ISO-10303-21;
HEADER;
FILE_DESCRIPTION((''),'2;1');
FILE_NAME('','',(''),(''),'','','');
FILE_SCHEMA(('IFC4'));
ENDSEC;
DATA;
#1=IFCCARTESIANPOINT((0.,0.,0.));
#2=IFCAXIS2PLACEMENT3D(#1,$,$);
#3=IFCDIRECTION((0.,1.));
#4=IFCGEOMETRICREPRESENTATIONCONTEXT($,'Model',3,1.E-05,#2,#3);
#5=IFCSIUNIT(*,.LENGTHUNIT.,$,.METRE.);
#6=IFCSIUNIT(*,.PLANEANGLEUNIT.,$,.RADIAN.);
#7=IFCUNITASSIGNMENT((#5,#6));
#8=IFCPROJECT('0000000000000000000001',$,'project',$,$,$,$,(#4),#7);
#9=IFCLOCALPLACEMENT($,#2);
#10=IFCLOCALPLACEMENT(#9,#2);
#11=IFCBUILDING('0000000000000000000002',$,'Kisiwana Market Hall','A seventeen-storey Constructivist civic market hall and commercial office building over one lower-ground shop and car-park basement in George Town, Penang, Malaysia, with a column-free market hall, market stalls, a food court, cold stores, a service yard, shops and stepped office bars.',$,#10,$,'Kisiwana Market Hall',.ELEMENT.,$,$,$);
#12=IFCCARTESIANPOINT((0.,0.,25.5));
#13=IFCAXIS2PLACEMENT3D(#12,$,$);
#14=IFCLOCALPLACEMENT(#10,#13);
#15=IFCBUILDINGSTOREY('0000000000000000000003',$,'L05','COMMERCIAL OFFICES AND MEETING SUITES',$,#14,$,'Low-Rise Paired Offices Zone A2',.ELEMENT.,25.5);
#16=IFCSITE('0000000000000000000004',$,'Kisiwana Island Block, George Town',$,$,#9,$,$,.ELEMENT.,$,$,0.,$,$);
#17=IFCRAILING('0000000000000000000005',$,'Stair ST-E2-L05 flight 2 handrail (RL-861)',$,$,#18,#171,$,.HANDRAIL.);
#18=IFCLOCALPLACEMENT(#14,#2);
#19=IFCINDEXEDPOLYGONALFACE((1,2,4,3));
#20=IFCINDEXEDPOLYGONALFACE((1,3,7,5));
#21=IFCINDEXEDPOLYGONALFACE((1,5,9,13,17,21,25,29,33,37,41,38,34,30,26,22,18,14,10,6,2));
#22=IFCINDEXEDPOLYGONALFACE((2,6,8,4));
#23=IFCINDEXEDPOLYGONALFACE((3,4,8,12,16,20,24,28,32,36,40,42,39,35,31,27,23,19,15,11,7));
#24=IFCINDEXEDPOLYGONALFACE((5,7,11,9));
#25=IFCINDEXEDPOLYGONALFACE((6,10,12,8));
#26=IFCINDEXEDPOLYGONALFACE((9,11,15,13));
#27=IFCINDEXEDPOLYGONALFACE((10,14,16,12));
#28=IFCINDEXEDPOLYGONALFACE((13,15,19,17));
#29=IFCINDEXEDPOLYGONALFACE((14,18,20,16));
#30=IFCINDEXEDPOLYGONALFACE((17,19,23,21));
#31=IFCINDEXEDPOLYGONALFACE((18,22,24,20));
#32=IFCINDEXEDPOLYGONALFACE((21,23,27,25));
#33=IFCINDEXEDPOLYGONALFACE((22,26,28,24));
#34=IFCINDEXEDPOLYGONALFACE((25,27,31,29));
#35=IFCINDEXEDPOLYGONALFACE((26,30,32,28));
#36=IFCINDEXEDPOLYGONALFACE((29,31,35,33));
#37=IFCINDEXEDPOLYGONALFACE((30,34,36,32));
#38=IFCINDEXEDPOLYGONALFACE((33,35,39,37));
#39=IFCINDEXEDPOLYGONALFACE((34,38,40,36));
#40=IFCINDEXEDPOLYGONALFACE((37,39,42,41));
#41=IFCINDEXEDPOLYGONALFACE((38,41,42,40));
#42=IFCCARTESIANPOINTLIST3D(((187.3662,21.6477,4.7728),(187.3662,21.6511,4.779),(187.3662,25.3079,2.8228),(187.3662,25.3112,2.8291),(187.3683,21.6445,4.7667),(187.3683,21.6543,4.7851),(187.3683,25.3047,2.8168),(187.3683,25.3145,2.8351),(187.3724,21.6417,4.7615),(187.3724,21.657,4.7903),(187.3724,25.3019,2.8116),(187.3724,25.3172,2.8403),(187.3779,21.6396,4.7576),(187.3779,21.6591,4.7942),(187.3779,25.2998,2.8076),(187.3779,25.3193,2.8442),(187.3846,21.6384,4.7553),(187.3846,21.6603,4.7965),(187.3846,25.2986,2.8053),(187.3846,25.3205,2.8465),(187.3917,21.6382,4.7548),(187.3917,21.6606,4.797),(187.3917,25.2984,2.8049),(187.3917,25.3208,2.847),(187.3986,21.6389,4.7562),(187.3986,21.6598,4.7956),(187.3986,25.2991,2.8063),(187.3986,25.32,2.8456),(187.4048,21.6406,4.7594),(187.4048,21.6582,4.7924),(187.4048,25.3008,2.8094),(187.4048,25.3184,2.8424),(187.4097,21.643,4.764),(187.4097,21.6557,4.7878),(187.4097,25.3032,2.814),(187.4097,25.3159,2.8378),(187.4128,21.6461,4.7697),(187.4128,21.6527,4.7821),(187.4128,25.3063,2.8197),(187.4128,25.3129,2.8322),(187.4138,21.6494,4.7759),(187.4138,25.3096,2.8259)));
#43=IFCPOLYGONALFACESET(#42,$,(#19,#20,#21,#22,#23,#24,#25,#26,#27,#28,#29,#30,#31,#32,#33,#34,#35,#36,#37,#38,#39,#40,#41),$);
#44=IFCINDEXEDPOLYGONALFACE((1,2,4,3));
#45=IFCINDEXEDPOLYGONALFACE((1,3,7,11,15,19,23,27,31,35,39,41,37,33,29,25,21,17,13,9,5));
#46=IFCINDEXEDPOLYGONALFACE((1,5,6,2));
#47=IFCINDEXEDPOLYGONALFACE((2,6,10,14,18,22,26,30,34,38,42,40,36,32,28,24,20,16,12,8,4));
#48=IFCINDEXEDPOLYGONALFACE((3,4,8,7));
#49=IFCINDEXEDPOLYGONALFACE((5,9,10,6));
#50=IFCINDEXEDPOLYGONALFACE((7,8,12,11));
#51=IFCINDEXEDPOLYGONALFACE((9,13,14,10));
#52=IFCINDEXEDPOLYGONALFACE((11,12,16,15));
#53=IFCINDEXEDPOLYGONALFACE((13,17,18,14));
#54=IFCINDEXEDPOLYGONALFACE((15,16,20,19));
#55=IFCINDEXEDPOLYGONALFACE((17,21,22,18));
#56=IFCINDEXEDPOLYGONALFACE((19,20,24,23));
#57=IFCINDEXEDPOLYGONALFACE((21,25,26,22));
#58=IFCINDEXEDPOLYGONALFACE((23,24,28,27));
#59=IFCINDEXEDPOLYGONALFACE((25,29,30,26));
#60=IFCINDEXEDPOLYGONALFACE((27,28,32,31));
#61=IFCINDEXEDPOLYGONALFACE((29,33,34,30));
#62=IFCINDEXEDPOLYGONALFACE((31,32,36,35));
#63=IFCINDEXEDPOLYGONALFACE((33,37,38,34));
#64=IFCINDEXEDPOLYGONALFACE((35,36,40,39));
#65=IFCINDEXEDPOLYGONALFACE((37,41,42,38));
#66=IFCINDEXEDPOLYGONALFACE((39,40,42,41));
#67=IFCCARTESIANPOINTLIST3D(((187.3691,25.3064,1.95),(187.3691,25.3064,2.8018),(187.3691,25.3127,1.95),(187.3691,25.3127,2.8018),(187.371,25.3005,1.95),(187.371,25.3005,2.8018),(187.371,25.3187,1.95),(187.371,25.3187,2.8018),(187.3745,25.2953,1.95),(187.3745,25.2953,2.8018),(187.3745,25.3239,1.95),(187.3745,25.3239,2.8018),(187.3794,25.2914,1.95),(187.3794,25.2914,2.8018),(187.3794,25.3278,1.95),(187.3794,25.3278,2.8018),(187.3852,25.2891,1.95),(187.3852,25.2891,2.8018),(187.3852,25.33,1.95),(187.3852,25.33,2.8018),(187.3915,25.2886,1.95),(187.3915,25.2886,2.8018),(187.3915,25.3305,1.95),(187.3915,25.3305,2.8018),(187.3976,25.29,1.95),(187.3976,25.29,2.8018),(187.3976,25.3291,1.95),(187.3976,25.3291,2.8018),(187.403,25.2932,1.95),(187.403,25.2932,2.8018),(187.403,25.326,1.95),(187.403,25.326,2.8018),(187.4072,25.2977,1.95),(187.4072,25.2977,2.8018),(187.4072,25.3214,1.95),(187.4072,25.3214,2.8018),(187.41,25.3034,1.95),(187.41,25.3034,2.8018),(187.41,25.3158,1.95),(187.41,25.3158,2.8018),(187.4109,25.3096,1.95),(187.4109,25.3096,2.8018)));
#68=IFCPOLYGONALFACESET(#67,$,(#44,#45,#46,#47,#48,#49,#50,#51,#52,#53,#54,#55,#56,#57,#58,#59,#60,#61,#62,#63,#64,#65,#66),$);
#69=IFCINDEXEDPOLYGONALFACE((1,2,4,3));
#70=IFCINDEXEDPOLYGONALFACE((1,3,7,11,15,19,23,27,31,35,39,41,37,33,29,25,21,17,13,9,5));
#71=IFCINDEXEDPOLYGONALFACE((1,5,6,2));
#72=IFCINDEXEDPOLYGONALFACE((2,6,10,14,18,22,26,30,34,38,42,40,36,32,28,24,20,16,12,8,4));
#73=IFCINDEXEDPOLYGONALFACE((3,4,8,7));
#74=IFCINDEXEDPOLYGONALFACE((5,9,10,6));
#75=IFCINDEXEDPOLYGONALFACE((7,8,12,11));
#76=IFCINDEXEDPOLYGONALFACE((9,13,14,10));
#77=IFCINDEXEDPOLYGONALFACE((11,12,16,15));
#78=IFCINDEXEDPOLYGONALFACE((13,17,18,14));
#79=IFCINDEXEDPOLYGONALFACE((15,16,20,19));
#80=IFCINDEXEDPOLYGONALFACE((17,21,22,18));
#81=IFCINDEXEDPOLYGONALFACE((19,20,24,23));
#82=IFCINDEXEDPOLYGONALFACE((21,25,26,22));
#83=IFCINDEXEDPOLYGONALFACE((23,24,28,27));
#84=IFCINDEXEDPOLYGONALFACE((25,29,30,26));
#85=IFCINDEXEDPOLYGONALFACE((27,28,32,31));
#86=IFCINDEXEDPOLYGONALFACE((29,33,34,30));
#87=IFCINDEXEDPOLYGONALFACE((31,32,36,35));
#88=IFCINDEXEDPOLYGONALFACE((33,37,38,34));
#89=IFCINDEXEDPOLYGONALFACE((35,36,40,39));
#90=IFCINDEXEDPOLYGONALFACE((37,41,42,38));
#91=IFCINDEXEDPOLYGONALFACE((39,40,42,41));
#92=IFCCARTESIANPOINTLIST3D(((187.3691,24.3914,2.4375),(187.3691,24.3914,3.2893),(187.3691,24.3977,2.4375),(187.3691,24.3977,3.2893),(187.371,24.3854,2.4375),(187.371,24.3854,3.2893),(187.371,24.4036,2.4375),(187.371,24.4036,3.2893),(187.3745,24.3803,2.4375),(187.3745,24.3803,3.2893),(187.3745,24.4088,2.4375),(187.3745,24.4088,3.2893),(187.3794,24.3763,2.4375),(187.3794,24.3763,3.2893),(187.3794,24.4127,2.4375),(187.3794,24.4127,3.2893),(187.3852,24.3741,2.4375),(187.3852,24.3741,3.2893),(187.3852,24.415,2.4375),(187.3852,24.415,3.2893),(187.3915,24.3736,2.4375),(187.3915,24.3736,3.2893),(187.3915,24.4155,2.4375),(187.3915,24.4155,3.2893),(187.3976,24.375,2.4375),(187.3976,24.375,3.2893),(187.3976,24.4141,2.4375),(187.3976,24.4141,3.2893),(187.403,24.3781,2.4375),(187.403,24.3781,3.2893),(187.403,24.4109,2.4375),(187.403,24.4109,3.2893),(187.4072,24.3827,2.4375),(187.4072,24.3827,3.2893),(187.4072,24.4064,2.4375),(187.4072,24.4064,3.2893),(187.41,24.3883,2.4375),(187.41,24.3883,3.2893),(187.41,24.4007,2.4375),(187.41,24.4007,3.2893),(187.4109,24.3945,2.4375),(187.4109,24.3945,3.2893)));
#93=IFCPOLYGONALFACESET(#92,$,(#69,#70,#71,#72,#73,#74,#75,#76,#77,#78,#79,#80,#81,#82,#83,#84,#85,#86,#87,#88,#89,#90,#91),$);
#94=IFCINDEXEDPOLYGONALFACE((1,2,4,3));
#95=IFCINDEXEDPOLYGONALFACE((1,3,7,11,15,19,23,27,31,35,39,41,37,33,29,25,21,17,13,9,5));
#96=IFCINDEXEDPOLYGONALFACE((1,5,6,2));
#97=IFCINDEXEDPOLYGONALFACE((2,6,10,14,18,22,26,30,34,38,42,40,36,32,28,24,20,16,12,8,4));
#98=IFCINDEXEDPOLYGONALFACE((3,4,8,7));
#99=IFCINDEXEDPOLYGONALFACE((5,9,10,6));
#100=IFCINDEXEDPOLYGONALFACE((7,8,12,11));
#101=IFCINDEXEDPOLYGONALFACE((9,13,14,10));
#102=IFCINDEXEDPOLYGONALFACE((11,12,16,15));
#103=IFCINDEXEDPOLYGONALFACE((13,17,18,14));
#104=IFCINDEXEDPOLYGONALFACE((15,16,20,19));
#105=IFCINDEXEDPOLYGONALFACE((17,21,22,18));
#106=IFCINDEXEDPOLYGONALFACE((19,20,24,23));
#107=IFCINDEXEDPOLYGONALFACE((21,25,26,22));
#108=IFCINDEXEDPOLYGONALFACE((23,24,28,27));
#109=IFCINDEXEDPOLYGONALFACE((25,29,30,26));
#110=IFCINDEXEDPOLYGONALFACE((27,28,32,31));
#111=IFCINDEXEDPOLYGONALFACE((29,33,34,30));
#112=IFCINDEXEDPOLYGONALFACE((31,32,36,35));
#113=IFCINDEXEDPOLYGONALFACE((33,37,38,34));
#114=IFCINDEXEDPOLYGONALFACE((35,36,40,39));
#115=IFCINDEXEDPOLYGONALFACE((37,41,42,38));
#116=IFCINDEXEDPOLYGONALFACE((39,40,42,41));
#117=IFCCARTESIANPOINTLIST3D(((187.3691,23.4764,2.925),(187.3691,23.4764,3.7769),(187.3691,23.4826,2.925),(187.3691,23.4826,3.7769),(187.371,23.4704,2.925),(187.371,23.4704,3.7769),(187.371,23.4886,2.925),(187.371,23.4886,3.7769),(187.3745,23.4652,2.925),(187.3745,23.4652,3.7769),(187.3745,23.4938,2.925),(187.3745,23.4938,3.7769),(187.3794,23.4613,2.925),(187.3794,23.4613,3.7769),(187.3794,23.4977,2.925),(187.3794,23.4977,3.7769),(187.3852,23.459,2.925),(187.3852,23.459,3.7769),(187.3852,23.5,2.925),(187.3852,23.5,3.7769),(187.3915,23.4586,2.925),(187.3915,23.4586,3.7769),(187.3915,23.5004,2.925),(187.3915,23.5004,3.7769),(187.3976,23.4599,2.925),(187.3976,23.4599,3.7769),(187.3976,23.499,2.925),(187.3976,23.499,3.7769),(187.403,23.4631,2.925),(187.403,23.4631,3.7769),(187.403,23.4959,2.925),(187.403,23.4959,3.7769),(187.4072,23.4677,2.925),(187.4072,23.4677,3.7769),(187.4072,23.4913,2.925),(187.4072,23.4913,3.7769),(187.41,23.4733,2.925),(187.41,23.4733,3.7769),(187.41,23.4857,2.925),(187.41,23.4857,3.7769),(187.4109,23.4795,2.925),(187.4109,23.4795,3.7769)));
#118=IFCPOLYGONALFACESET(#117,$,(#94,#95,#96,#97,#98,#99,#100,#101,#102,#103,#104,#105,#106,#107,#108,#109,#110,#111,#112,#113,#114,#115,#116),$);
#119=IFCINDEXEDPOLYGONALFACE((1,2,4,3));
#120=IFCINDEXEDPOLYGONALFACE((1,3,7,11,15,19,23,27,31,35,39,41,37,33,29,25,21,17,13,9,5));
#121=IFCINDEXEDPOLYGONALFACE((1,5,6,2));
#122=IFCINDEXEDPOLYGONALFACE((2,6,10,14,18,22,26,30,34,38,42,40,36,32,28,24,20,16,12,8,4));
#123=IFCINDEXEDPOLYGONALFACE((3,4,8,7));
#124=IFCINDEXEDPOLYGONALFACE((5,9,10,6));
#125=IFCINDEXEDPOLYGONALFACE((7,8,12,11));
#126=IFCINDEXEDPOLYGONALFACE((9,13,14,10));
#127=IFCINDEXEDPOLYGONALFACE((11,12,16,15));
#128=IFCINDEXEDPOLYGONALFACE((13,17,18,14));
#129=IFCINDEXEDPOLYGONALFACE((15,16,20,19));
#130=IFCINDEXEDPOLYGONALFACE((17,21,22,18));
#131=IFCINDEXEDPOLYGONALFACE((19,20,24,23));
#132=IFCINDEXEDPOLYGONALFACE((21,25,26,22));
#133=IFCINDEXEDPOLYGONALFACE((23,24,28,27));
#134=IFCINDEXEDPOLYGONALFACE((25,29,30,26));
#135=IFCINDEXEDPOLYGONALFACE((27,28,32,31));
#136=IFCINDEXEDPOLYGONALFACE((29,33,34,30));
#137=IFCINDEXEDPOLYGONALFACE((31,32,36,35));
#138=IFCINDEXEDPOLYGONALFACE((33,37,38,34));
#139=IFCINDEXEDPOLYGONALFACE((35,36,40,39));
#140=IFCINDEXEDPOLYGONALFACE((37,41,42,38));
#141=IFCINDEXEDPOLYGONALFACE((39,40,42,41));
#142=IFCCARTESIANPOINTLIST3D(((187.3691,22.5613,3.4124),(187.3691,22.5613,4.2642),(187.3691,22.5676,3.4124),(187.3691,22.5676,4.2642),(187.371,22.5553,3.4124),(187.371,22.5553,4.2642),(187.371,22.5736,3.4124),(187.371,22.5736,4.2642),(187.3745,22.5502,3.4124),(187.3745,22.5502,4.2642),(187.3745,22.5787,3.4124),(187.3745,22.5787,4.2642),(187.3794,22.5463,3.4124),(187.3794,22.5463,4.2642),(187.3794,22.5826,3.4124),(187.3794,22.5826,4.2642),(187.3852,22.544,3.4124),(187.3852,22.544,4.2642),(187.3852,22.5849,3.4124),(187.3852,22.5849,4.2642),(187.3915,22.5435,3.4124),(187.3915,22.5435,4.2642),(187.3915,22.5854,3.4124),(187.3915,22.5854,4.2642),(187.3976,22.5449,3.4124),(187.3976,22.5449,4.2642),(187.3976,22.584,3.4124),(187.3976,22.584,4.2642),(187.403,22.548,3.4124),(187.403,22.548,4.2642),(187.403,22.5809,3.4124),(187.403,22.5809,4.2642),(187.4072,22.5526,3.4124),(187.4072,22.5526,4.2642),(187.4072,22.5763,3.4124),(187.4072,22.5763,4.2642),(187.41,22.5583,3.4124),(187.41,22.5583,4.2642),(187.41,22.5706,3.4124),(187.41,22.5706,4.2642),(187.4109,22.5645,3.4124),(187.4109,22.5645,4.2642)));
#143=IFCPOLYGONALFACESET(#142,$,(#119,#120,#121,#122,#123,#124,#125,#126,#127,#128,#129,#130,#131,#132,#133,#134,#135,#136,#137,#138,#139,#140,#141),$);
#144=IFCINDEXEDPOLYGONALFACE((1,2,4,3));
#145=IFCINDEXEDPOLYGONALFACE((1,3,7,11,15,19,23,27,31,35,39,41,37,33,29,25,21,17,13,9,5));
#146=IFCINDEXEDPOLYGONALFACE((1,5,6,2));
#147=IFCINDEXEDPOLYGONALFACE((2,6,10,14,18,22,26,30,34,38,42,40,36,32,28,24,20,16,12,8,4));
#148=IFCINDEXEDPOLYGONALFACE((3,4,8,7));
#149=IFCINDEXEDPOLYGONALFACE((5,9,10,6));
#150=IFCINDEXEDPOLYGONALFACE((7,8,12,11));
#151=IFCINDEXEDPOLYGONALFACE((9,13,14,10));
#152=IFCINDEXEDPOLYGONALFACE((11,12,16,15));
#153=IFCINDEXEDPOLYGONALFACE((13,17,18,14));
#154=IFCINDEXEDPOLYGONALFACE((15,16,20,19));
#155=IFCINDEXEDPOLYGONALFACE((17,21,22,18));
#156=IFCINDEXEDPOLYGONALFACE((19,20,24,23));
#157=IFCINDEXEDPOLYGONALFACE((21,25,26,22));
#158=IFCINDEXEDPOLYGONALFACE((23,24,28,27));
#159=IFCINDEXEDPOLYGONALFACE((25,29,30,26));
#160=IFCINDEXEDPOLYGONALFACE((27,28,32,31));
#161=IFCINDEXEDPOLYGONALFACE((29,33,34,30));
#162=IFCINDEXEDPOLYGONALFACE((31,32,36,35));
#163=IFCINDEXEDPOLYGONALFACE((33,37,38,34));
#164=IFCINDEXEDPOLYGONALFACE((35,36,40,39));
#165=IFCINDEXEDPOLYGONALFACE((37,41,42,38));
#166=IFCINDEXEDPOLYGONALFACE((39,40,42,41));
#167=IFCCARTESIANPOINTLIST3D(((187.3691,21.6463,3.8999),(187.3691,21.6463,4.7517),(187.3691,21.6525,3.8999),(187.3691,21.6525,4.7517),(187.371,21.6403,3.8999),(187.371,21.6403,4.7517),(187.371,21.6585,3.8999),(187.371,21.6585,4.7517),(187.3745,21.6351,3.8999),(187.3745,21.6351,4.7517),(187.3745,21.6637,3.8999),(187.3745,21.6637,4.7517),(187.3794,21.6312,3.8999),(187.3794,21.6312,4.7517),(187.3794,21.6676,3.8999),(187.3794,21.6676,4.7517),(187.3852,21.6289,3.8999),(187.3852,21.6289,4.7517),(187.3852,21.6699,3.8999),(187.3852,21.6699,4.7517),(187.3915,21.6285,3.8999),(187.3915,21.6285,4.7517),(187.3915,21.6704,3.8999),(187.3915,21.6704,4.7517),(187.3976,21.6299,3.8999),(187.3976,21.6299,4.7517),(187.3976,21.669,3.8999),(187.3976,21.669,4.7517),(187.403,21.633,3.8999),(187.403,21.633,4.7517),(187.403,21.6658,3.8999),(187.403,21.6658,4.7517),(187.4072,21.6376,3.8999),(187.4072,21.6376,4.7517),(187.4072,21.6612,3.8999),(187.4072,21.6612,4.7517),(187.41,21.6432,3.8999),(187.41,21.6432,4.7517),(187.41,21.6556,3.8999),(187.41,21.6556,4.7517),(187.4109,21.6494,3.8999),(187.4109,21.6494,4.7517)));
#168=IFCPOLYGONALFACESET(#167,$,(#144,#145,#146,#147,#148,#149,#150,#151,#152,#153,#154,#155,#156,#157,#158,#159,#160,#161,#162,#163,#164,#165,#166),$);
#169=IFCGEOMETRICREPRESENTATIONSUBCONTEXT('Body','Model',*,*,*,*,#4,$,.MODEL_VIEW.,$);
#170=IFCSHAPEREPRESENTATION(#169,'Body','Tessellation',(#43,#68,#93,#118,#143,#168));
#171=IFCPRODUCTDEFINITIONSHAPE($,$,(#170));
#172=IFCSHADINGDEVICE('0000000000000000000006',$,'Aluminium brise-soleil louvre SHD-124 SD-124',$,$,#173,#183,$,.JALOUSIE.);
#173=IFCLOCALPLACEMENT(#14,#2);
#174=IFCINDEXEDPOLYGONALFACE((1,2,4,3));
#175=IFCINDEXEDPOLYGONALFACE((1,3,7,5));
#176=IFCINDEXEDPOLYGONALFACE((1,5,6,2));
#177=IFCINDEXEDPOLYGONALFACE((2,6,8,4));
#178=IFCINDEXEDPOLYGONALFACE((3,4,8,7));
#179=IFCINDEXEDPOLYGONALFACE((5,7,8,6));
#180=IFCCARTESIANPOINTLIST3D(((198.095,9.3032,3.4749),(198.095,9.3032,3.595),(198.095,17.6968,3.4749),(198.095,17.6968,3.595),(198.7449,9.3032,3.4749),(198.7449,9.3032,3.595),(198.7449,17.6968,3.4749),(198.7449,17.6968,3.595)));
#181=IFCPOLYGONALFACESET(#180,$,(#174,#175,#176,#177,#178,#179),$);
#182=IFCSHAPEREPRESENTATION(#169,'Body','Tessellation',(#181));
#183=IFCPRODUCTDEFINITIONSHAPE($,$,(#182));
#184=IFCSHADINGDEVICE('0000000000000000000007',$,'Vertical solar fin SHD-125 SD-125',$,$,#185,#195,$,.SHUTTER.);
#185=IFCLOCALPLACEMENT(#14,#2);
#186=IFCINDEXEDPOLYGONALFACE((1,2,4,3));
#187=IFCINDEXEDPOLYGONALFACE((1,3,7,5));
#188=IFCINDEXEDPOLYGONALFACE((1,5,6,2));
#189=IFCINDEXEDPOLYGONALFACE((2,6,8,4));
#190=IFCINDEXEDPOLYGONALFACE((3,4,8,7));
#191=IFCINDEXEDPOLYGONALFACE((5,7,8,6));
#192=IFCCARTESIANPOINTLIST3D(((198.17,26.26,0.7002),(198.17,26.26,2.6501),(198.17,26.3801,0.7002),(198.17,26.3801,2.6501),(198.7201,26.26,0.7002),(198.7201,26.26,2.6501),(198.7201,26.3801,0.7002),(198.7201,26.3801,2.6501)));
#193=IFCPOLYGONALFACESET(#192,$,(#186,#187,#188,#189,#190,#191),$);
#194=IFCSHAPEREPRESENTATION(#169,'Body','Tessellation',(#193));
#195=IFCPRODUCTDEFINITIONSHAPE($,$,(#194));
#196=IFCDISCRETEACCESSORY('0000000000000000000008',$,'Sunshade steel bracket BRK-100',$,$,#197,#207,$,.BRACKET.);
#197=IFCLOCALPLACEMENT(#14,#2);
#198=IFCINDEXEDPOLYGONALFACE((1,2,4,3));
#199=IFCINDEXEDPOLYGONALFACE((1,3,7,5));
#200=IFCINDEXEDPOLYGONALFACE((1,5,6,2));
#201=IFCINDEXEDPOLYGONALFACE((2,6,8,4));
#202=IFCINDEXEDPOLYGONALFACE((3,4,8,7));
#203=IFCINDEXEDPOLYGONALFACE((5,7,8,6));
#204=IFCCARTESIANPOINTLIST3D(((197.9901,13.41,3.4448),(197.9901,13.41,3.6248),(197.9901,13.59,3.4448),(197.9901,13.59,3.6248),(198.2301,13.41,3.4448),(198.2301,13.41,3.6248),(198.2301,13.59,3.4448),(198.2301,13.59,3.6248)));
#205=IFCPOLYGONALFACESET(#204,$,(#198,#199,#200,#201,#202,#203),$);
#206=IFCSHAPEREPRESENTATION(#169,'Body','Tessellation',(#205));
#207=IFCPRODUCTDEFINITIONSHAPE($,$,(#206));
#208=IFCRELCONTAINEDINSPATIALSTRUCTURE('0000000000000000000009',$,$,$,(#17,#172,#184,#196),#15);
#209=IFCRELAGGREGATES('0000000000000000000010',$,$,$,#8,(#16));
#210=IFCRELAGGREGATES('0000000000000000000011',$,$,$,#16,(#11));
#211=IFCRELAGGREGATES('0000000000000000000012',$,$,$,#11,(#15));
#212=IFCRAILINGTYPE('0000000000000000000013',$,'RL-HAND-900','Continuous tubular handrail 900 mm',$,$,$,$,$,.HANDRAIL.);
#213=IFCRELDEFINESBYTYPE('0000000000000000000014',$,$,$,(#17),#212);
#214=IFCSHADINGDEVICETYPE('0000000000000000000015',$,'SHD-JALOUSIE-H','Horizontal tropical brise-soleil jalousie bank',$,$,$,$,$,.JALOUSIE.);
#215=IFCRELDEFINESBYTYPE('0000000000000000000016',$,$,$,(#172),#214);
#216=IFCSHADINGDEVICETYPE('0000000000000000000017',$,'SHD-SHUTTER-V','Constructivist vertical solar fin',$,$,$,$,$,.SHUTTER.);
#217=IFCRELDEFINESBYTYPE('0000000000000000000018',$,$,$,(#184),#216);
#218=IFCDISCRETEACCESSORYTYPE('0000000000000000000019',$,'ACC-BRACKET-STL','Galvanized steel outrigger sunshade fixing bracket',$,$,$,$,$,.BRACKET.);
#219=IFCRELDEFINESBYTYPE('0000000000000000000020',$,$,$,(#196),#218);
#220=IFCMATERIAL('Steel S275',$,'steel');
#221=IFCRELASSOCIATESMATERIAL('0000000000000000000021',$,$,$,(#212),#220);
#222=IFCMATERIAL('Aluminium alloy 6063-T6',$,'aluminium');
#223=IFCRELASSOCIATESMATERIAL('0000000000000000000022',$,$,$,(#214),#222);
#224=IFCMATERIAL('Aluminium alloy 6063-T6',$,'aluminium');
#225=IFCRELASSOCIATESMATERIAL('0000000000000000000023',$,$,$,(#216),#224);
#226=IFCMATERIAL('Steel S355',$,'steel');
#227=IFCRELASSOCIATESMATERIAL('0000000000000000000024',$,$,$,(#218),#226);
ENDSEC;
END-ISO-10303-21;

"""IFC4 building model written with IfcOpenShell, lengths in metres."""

from ifc_helpers import new_model, si_unit, direction, frame, origin, origin_2d, place, context, subcontext, project, spatial, rectangle, circle, extrude, material, type_object, element, save


model = new_model("IFC4")

# Units and contexts
model_context = context("Model", 3, precision=1e-05, world=origin(), true_north=direction((0.0, 1.0)))
body_context = subcontext(model_context, "Body", "Model", "MODEL_VIEW")
ifc_project = project(units=[si_unit("LENGTHUNIT", "METRE"), si_unit("PLANEANGLEUNIT", "RADIAN")], contexts=[model_context])

# Site, building, storey
site_placement = place(None, origin())
site = spatial("IfcSite", under=ifc_project, at=site_placement, Name="Kisiwana Island Block, George Town", CompositionType="ELEMENT", RefElevation=0.0)
building_placement = place(site_placement, origin())
building = spatial("IfcBuilding", under=site, at=building_placement, Name="Kisiwana Market Hall", Description="A seventeen-storey Constructivist civic market hall and commercial office building over one lower-ground shop and car-park basement in George Town, Penang, Malaysia, with a column-free market hall, market stalls, a food court, cold stores, a service yard, shops and stepped office bars.", LongName="Kisiwana Market Hall", CompositionType="ELEMENT")
storey_placement = place(building_placement, frame((0.0, 0.0, 25.5)))
storey = spatial("IfcBuildingStorey", under=building, at=storey_placement, Name="L05", Description="COMMERCIAL OFFICES AND MEETING SUITES", LongName="Low-Rise Paired Offices Zone A2", CompositionType="ELEMENT", Elevation=25.5)

# Railing
ifc_material_1 = material(Name="Steel S275", Category="steel")
railing_type_1 = type_object("IfcRailingType", Name="RL-HAND-900", Description="Continuous tubular handrail 900 mm", PredefinedType="HANDRAIL", material=ifc_material_1)
railing_1_placement = place(storey_placement, frame((187.3899, 25.3096, 1.95)))
element("IfcRailing", 1, at=railing_1_placement, inside=storey, type_object=railing_type_1, Name="Stair ST-E2-L05 flight 2 handrail (RL-861)", PredefinedType="HANDRAIL", context=body_context, shape_type="SweptSolid", body=[
    extrude(circle(Radius=0.0239, at=origin_2d()), frame((0.0, 0.0, 0.876), z_axis=(0.0, -0.882566, 0.470188), x_axis=(1.0, 0.0, 0.0)), (0.0, 0.0, 1.0), 4.1472),
    extrude(circle(Radius=0.021, at=origin_2d()), origin(), (0.0, 0.0, 1.0), 0.8518),
    extrude(circle(Radius=0.021, at=origin_2d()), frame((0.0, -0.915, 0.4875)), (0.0, 0.0, 1.0), 0.8518),
    extrude(circle(Radius=0.021, at=origin_2d()), frame((0.0, -1.8301, 0.9751)), (0.0, 0.0, 1.0), 0.8518),
    extrude(circle(Radius=0.021, at=origin_2d()), frame((0.0, -2.7451, 1.4624)), (0.0, 0.0, 1.0), 0.8518),
    extrude(circle(Radius=0.021, at=origin_2d()), frame((0.0, -3.6602, 1.95)), (0.0, 0.0, 1.0), 0.8518),
])

# Shading devices
ifc_material_2 = material(Name="Aluminium alloy 6063-T6", Category="aluminium")
shading_device_type_1 = type_object("IfcShadingDeviceType", Name="SHD-JALOUSIE-H", Description="Horizontal tropical brise-soleil jalousie bank", PredefinedType="JALOUSIE", material=ifc_material_2)
shading_device_1_placement = place(storey_placement, frame((198.4199, 13.5, 3.4749), z_axis=(0.0, 0.0, 1.0), x_axis=(0.0, 1.0, 0.0)))
element("IfcShadingDevice", 2, at=shading_device_1_placement, inside=storey, type_object=shading_device_type_1, Name="Aluminium brise-soleil louvre SHD-124 SD-124", PredefinedType="JALOUSIE", context=body_context, shape_type="SweptSolid", body=[
    extrude(rectangle(XDim=8.3936, YDim=0.6499, at=origin_2d()), origin(), (0.0, 0.0, 1.0), 0.1201),
])
ifc_material_3 = material(Name="Aluminium alloy 6063-T6", Category="aluminium")
shading_device_type_2 = type_object("IfcShadingDeviceType", Name="SHD-SHUTTER-V", Description="Constructivist vertical solar fin", PredefinedType="SHUTTER", material=ifc_material_3)
shading_device_2_placement = place(storey_placement, frame((198.4451, 26.3201, 0.7002), z_axis=(0.0, 0.0, 1.0), x_axis=(0.0, 1.0, 0.0)))
element("IfcShadingDevice", 3, at=shading_device_2_placement, inside=storey, type_object=shading_device_type_2, Name="Vertical solar fin SHD-125 SD-125", PredefinedType="SHUTTER", context=body_context, shape_type="SweptSolid", body=[
    extrude(rectangle(XDim=0.1201, YDim=0.55, at=origin_2d()), origin(), (0.0, 0.0, 1.0), 1.95),
])

# Discrete accessory
ifc_material_4 = material(Name="Steel S355", Category="steel")
discrete_accessory_type = type_object("IfcDiscreteAccessoryType", Name="ACC-BRACKET-STL", Description="Galvanized steel outrigger sunshade fixing bracket", PredefinedType="BRACKET", material=ifc_material_4)
discrete_accessory_placement = place(storey_placement, frame((198.1101, 13.5, 3.4448), z_axis=(0.0, 0.0, 1.0), x_axis=(0.0, 1.0, 0.0)))
element("IfcDiscreteAccessory", 4, at=discrete_accessory_placement, inside=storey, type_object=discrete_accessory_type, Name="Sunshade steel bracket BRK-100", PredefinedType="BRACKET", context=body_context, shape_type="SweptSolid", body=[
    extrude(rectangle(XDim=0.1799, YDim=0.24, at=origin_2d()), origin(), (0.0, 0.0, 1.0), 0.1799),
])

save(model, "model.ifc")
